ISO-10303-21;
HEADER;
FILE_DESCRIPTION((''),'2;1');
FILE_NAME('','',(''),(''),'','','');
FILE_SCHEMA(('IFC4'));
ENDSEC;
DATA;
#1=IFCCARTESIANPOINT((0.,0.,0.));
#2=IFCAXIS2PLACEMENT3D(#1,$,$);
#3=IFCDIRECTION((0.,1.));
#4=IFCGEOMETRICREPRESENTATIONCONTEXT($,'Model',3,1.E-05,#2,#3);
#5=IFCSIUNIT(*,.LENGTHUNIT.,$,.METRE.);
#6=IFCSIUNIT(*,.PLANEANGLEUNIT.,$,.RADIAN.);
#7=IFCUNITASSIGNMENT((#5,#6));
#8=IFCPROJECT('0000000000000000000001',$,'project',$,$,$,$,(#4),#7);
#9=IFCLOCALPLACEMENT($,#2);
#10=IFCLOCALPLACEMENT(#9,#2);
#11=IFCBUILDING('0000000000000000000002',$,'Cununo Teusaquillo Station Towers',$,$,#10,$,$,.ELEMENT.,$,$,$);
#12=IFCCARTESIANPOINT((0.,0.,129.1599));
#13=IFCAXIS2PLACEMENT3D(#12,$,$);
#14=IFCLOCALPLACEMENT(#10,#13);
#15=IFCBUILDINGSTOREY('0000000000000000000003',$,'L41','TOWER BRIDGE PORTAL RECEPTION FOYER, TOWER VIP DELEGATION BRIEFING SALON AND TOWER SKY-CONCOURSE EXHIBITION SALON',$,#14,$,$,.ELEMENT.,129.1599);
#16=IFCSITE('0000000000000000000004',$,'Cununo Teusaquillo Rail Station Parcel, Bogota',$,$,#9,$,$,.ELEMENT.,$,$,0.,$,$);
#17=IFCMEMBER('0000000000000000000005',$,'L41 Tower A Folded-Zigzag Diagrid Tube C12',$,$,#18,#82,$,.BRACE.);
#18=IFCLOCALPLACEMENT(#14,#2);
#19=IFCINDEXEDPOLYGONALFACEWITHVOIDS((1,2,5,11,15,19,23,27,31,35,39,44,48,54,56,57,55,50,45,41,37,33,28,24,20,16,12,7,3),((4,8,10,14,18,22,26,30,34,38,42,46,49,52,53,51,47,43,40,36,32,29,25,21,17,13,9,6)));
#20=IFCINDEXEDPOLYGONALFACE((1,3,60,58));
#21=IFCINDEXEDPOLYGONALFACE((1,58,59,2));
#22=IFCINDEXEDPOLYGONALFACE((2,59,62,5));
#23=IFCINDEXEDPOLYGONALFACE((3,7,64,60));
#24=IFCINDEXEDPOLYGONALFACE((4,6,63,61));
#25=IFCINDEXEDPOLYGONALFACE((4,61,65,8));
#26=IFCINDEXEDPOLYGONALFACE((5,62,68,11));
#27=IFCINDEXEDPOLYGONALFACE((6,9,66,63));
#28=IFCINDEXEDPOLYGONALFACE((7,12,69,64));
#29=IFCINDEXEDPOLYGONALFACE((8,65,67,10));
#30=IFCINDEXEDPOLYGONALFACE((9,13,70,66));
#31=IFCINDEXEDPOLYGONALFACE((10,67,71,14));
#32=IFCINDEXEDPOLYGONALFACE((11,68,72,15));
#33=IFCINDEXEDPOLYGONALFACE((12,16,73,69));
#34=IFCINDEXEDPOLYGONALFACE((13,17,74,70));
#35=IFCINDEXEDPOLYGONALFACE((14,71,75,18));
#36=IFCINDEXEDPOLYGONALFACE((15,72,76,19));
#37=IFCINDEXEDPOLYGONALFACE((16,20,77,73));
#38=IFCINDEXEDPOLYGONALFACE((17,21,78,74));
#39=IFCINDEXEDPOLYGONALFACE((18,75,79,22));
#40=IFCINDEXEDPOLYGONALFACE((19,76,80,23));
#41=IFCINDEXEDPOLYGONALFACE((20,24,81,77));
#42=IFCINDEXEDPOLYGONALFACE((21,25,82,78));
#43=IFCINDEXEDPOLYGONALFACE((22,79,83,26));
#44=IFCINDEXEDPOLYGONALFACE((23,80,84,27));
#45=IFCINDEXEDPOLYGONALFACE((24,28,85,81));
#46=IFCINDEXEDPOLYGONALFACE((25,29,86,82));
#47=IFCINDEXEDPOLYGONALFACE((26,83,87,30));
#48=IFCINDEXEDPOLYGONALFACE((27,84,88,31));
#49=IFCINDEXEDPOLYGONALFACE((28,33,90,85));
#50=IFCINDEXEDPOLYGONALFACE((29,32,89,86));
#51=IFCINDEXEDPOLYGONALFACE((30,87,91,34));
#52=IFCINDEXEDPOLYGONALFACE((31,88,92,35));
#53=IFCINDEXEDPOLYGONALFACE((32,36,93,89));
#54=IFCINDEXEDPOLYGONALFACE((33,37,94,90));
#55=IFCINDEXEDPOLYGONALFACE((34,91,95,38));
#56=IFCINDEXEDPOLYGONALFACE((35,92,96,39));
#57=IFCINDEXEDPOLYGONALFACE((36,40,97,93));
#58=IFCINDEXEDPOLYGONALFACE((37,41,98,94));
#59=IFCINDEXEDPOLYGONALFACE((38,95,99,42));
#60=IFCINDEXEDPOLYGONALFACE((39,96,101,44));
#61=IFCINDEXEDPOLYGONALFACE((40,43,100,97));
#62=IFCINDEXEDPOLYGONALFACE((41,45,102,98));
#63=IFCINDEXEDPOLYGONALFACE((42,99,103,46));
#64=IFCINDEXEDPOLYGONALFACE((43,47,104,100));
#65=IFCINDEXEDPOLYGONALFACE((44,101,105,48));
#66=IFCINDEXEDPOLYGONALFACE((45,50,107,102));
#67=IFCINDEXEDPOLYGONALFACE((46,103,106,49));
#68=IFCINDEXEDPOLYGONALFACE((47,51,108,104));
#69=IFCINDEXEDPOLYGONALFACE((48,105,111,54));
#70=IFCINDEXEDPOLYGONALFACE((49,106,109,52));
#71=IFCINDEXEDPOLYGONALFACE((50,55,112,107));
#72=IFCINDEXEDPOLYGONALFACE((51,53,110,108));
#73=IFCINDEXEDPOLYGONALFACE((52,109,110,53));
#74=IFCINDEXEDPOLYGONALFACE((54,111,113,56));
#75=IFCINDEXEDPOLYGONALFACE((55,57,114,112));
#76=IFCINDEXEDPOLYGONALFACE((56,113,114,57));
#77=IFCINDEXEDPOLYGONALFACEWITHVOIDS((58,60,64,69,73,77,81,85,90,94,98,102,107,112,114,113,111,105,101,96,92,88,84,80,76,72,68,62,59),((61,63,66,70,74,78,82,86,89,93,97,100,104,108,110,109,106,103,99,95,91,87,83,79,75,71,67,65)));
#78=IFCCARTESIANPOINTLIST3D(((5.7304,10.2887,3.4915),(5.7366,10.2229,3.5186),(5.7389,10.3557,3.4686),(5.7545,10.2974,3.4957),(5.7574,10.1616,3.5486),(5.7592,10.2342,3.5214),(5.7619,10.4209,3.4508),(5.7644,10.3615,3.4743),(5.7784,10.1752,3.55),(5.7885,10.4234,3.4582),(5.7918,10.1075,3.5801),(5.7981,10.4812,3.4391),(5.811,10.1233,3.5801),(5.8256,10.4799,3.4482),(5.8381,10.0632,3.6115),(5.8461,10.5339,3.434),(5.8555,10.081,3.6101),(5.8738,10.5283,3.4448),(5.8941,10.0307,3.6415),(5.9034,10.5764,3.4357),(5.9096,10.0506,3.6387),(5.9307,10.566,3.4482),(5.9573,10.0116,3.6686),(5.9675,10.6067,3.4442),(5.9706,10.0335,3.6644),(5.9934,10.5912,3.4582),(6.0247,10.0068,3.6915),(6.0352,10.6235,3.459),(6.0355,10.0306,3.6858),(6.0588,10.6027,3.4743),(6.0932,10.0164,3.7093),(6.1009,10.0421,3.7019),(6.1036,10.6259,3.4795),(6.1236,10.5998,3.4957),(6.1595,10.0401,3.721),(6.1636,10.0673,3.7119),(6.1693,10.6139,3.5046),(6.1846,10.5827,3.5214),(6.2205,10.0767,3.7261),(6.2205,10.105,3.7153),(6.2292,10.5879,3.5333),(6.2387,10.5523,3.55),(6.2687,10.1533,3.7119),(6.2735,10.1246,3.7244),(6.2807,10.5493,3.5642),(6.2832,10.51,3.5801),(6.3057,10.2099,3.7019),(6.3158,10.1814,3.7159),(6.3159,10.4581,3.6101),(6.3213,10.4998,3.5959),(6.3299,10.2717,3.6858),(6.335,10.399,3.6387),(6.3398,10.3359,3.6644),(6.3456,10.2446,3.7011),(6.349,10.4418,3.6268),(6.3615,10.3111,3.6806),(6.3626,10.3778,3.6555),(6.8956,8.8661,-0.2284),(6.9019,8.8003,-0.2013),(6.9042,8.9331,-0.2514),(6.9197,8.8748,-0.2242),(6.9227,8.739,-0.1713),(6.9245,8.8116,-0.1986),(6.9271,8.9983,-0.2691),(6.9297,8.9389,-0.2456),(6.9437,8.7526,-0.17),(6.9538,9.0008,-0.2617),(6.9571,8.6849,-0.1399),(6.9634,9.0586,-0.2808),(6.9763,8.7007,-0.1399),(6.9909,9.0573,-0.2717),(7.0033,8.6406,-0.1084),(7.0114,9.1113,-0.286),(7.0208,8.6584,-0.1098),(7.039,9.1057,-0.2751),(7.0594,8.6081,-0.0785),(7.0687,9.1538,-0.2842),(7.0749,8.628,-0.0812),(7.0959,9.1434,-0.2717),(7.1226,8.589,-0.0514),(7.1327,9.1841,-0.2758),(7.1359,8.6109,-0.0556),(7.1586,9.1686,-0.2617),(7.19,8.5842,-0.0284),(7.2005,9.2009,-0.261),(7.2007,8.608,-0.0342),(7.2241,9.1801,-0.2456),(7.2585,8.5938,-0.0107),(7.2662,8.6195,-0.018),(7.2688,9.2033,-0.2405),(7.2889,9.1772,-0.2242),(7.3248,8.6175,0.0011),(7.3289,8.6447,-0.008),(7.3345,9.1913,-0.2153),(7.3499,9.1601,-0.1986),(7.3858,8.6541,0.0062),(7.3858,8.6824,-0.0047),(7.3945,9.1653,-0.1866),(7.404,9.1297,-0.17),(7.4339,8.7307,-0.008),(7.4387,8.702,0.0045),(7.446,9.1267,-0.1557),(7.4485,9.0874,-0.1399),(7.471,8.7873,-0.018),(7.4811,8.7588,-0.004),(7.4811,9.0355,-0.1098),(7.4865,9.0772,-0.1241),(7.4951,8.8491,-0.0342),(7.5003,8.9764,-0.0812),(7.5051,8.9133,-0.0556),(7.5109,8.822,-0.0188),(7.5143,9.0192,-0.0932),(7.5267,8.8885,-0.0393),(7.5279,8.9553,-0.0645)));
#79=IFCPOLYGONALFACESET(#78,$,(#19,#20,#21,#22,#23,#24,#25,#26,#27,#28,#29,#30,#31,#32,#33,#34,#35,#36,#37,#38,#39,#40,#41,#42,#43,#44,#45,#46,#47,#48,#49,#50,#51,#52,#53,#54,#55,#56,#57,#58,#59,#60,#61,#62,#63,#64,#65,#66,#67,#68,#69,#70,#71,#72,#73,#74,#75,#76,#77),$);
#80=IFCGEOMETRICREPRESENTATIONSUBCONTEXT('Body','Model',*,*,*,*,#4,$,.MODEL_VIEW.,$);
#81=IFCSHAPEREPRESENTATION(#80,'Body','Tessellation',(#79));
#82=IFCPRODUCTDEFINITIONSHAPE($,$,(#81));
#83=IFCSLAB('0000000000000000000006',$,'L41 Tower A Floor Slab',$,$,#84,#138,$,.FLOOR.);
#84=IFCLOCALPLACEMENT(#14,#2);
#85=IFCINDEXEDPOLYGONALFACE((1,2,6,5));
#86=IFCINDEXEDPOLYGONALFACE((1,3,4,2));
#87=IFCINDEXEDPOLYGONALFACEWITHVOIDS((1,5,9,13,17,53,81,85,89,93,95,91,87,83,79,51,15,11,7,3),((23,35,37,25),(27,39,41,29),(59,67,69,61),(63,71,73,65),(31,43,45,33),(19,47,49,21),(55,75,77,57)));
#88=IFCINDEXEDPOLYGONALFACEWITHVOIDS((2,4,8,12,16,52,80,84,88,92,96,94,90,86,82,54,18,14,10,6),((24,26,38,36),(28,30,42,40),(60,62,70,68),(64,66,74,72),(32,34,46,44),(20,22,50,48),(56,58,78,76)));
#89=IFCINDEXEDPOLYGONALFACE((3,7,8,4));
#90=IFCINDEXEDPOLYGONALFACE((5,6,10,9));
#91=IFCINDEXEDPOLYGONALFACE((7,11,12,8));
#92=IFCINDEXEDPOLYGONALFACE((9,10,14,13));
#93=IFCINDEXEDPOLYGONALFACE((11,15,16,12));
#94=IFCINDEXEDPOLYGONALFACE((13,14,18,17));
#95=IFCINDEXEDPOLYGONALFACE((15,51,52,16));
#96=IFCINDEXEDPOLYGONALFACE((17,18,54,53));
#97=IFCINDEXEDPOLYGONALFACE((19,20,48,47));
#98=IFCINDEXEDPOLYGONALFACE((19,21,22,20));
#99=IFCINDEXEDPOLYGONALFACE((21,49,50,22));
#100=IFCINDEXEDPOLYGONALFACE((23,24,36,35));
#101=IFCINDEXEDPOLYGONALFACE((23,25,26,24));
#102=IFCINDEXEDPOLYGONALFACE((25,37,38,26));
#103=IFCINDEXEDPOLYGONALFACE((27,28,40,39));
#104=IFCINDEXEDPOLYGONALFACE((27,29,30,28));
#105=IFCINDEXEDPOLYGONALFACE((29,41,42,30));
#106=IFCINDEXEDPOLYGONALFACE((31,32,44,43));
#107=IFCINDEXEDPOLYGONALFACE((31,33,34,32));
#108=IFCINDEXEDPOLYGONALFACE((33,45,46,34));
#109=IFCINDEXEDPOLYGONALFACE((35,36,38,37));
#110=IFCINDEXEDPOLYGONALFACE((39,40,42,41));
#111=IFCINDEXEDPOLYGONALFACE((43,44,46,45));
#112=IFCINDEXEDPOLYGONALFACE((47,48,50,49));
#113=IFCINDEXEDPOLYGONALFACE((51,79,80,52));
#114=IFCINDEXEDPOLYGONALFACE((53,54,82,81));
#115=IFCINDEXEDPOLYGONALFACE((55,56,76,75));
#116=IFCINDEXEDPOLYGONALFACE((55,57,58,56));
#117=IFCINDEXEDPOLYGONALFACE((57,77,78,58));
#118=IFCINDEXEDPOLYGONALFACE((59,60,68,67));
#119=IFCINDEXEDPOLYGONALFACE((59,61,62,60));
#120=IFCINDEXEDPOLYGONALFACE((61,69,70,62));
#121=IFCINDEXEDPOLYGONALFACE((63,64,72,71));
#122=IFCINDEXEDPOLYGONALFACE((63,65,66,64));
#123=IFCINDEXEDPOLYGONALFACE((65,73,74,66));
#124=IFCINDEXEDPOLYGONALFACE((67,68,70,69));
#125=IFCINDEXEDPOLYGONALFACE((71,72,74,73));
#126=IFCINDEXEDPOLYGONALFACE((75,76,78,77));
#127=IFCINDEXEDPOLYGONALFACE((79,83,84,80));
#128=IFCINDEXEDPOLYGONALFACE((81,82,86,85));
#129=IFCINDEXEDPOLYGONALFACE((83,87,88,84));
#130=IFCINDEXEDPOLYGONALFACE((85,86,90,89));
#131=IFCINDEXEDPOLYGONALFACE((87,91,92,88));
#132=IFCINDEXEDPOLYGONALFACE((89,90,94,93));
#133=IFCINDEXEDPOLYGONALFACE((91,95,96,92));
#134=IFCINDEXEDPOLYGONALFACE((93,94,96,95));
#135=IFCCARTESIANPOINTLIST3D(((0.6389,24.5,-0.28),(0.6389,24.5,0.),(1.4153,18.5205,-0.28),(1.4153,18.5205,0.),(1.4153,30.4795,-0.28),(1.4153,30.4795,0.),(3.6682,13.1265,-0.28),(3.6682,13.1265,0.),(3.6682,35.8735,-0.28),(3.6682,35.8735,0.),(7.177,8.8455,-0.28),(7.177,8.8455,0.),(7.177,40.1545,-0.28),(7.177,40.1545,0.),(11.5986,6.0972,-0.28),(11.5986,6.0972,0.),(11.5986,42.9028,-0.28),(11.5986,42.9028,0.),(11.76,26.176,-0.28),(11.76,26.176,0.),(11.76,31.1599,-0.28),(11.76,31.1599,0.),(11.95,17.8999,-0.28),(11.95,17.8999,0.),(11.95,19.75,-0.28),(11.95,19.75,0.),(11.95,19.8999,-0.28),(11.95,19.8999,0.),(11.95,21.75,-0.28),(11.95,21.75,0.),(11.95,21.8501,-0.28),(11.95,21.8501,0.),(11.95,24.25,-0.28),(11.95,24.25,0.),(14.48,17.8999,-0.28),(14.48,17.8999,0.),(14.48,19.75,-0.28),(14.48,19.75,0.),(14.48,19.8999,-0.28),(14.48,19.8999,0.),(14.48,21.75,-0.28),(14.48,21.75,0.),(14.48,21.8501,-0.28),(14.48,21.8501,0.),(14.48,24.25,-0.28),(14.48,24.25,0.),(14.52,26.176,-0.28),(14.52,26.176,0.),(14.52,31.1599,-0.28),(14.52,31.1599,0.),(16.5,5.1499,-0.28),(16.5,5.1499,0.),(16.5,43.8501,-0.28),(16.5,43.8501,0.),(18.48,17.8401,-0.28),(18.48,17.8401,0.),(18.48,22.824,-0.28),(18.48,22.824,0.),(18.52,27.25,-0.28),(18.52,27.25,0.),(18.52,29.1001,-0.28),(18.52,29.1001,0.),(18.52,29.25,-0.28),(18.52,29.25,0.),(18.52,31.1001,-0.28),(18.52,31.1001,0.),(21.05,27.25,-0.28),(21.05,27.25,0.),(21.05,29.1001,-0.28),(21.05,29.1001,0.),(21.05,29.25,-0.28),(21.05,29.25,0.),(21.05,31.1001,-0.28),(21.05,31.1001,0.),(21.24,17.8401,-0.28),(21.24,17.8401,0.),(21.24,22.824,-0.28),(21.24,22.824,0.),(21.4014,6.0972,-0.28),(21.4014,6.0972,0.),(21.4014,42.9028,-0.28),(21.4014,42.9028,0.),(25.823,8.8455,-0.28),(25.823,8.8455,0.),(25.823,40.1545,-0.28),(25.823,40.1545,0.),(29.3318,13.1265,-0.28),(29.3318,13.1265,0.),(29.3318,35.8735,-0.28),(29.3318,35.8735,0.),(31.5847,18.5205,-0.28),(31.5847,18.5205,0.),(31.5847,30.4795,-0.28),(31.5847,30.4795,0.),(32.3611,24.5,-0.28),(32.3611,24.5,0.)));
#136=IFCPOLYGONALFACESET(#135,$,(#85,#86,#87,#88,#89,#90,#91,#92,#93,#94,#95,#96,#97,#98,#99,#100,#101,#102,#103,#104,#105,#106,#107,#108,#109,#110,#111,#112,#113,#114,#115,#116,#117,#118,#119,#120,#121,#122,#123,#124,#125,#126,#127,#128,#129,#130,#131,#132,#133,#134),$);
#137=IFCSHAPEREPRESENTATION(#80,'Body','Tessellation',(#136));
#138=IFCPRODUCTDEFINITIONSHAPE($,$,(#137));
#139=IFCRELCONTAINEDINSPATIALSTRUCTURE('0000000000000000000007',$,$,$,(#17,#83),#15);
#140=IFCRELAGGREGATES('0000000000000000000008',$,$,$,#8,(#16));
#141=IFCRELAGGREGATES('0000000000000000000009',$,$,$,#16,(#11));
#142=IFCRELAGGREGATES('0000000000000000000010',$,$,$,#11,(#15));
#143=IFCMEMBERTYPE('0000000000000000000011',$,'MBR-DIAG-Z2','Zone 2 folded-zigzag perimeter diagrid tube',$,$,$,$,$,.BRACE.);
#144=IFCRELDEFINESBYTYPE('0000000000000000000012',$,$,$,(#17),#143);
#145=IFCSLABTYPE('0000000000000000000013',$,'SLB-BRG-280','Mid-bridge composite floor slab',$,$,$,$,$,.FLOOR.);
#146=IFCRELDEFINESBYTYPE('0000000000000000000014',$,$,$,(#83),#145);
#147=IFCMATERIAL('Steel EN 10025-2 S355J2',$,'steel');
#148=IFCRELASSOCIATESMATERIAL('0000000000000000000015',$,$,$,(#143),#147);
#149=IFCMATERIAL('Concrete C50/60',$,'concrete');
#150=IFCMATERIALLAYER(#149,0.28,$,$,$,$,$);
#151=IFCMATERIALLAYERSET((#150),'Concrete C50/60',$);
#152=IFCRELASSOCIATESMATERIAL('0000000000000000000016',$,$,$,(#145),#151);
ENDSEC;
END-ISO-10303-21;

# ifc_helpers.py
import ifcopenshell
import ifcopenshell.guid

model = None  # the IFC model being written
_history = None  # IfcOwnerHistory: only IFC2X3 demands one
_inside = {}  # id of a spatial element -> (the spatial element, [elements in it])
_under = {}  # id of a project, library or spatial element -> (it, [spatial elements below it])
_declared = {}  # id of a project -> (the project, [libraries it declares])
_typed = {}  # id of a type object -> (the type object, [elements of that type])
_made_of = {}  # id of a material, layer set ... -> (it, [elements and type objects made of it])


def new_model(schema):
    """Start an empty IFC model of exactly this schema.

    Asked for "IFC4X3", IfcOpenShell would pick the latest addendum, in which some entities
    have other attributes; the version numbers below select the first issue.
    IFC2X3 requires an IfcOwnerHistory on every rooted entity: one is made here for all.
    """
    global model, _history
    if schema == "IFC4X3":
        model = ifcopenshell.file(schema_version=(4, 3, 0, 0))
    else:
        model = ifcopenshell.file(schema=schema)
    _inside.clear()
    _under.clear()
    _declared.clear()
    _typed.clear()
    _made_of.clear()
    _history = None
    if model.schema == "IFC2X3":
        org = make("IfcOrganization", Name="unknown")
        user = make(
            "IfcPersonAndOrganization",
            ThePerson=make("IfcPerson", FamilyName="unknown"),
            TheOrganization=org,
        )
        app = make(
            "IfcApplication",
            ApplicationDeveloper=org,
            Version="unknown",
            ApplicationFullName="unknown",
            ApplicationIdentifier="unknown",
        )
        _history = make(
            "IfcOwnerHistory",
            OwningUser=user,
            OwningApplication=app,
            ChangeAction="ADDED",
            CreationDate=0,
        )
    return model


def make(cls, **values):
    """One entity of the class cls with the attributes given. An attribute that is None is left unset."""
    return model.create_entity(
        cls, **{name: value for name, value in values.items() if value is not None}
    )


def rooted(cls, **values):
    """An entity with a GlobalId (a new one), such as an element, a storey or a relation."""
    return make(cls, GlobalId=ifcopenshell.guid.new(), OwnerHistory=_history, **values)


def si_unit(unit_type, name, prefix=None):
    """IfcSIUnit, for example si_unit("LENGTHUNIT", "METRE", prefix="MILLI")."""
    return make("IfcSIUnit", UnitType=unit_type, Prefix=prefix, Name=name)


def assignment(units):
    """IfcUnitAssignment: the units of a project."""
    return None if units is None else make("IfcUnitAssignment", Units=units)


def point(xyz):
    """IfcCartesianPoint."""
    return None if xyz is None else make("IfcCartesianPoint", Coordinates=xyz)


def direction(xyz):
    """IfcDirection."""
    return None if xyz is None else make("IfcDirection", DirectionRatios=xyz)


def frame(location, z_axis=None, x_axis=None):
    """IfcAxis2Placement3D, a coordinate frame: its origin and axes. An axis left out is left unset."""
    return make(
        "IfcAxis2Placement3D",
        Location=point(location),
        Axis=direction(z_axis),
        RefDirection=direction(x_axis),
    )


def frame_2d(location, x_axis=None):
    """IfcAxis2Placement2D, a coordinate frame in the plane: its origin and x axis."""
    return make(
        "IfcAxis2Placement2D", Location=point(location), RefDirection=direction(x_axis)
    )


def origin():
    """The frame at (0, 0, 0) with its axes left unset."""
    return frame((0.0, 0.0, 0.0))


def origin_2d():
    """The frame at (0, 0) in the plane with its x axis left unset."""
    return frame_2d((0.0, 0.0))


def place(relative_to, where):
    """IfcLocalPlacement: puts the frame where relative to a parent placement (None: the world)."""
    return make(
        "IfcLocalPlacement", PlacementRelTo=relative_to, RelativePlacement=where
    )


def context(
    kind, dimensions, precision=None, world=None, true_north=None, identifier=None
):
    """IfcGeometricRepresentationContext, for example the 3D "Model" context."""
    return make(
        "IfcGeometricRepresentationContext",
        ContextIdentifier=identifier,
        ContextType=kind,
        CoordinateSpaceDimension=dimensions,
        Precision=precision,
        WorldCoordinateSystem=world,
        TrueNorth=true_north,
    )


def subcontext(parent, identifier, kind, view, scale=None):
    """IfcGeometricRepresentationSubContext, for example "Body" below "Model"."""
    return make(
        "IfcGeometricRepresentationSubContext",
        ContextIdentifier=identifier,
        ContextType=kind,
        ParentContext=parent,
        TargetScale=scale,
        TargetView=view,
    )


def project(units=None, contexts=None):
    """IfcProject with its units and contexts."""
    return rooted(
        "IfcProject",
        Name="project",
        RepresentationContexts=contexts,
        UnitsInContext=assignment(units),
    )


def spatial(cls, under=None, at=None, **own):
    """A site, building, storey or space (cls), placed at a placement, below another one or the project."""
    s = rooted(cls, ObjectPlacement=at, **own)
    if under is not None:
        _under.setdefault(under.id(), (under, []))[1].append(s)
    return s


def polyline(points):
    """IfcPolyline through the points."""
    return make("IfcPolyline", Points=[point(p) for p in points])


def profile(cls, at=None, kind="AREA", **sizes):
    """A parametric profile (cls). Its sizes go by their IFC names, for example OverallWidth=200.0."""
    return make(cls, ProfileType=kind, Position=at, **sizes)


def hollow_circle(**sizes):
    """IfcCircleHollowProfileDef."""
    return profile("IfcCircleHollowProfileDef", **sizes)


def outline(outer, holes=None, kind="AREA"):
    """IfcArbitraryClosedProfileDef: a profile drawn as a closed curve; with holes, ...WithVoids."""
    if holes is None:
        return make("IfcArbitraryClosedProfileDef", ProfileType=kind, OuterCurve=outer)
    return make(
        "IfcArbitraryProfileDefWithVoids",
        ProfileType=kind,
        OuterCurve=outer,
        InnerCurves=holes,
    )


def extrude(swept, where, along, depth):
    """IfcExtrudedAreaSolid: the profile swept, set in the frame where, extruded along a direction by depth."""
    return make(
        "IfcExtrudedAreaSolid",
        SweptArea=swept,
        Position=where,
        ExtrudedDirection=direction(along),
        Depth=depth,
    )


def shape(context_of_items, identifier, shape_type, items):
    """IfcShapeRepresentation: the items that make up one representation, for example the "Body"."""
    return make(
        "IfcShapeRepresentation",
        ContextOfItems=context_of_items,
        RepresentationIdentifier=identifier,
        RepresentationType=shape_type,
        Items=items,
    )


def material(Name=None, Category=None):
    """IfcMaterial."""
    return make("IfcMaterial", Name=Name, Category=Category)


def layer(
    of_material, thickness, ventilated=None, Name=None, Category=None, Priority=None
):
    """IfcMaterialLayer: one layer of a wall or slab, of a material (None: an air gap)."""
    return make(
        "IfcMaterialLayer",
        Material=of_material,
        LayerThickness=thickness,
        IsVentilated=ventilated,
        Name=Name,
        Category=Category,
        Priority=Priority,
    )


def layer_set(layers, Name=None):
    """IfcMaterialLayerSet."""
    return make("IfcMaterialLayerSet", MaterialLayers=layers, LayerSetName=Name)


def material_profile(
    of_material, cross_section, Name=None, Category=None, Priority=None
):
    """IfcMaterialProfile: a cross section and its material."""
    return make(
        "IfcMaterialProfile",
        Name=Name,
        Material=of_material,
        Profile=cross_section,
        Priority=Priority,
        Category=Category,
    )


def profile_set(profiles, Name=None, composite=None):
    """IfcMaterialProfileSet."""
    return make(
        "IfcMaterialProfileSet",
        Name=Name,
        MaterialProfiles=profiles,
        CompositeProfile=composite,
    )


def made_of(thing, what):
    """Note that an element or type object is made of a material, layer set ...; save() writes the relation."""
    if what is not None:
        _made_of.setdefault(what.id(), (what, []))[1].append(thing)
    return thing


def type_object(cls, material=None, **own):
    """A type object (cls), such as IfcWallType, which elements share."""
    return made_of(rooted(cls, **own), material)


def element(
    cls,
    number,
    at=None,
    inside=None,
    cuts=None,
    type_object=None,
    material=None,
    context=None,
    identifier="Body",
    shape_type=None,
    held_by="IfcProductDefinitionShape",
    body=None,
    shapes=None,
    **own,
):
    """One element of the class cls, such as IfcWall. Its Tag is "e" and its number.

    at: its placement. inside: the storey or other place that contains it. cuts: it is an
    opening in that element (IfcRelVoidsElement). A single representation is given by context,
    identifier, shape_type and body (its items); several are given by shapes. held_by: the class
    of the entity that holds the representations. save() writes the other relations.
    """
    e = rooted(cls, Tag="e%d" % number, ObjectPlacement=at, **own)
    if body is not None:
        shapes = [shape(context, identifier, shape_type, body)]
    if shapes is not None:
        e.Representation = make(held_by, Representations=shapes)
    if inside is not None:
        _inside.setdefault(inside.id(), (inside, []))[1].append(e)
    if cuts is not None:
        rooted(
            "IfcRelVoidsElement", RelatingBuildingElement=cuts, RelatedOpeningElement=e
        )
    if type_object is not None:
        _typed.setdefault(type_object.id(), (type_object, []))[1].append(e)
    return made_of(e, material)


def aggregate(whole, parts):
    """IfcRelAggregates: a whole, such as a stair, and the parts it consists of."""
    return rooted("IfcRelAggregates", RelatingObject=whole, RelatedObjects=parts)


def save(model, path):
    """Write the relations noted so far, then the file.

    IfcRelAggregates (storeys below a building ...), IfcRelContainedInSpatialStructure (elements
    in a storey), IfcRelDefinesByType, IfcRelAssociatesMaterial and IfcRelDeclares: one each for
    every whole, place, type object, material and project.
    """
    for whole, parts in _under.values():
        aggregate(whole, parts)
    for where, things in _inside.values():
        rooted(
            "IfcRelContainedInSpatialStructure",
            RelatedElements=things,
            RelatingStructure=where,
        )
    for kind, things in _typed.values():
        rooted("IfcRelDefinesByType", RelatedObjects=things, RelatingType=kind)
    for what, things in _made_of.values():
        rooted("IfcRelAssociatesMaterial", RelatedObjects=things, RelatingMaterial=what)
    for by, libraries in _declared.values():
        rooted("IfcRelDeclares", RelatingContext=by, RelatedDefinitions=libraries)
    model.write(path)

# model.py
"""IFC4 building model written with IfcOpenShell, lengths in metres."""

from ifc_helpers import new_model, si_unit, direction, frame, origin, origin_2d, place, context, subcontext, project, spatial, polyline, hollow_circle, outline, extrude, material, layer, layer_set, material_profile, profile_set, type_object, element, save


model = new_model("IFC4")

# Units and contexts
model_context = context("Model", 3, precision=1e-05, world=origin(), true_north=direction((0.0, 1.0)))
body_context = subcontext(model_context, "Body", "Model", "MODEL_VIEW")
ifc_project = project(units=[si_unit("LENGTHUNIT", "METRE"), si_unit("PLANEANGLEUNIT", "RADIAN")], contexts=[model_context])

# Site, building, storey
site_placement = place(None, origin())
site = spatial("IfcSite", under=ifc_project, at=site_placement, Name="Cununo Teusaquillo Rail Station Parcel, Bogota", CompositionType="ELEMENT", RefElevation=0.0)
building_placement = place(site_placement, origin())
building = spatial("IfcBuilding", under=site, at=building_placement, Name="Cununo Teusaquillo Station Towers", CompositionType="ELEMENT")
storey_placement = place(building_placement, frame((0.0, 0.0, 129.1599)))
storey = spatial("IfcBuildingStorey", under=building, at=storey_placement, Name="L41", Description="TOWER BRIDGE PORTAL RECEPTION FOYER, TOWER VIP DELEGATION BRIEFING SALON AND TOWER SKY-CONCOURSE EXHIBITION SALON", CompositionType="ELEMENT", Elevation=129.1599)

# Member
ifc_material_1 = material(Name="Steel EN 10025-2 S355J2", Category="steel")
ifc_material_profile_1 = material_profile(ifc_material_1, hollow_circle(Radius=0.3301, WallThickness=0.0249, at=origin_2d()), Name="CHS 660x25")
ifc_profile_set_1 = profile_set([ifc_material_profile_1], Name="Steel EN 10025-2 S355J2")
member_type = type_object("IfcMemberType", Name="MBR-DIAG-Z2", Description="Zone 2 folded-zigzag perimeter diagrid tube", PredefinedType="BRACE", material=ifc_profile_set_1)
member_placement = place(storey_placement, frame((7.2124, 8.894, -0.1399), z_axis=(-0.280813, 0.342823, 0.896447), x_axis=(-0.773602, -0.633671, 0.0)))
element("IfcMember", 1, at=member_placement, inside=storey, type_object=member_type, Name="L41 Tower A Folded-Zigzag Diagrid Tube C12", PredefinedType="BRACE", context=body_context, shape_type="SweptSolid", body=[
    extrude(hollow_circle(Radius=0.3301, WallThickness=0.0249, at=origin_2d()), origin(), (0.0, 0.0, 1.0), 4.1497),
])

# Slab
ifc_material_2 = material(Name="Concrete C50/60", Category="concrete")
ifc_layer_1 = layer(ifc_material_2, 0.28)
ifc_layer_set_1 = layer_set([ifc_layer_1], Name="Concrete C50/60")
slab_type_1 = type_object("IfcSlabType", Name="SLB-BRG-280", Description="Mid-bridge composite floor slab", PredefinedType="FLOOR", material=ifc_layer_set_1)
slab_1_placement = place(storey_placement, frame((0.0, 0.0, -0.28)))
element("IfcSlab", 2, at=slab_1_placement, inside=storey, type_object=slab_type_1, Name="L41 Tower A Floor Slab", PredefinedType="FLOOR", context=body_context, shape_type="SweptSolid", body=[
    extrude(outline(polyline([(32.3611, 24.5), (31.5847, 30.4795), (29.3318, 35.8735), (25.823, 40.1545), (21.4014, 42.9028), (16.5, 43.8501), (11.5986, 42.9028), (7.177, 40.1545), (3.6682, 35.8735), (1.4153, 30.4795), (0.6389, 24.5), (1.4153, 18.5205), (3.6682, 13.1265), (7.177, 8.8455), (11.5986, 6.0972), (16.5, 5.1499), (21.4014, 6.0972), (25.823, 8.8455), (29.3318, 13.1265), (31.5847, 18.5205), (32.3611, 24.5)]), holes=[polyline([(14.52, 26.176), (14.52, 31.1599), (11.76, 31.1599), (11.76, 26.176), (14.52, 26.176)]), polyline([(18.48, 22.824), (18.48, 17.8401), (21.24, 17.8401), (21.24, 22.824), (18.48, 22.824)]), polyline([(11.95, 21.8501), (14.48, 21.8501), (14.48, 24.25), (11.95, 24.25), (11.95, 21.8501)]), polyline([(11.95, 17.8999), (14.48, 17.8999), (14.48, 19.75), (11.95, 19.75), (11.95, 17.8999)]), polyline([(11.95, 19.8999), (14.48, 19.8999), (14.48, 21.75), (11.95, 21.75), (11.95, 19.8999)]), polyline([(18.52, 27.25), (21.05, 27.25), (21.05, 29.1001), (18.52, 29.1001), (18.52, 27.25)]), polyline([(18.52, 29.25), (21.05, 29.25), (21.05, 31.1001), (18.52, 31.1001), (18.52, 29.25)])]), origin(), (0.0, 0.0, 1.0), 0.28),
])

save(model, "model.ifc")
